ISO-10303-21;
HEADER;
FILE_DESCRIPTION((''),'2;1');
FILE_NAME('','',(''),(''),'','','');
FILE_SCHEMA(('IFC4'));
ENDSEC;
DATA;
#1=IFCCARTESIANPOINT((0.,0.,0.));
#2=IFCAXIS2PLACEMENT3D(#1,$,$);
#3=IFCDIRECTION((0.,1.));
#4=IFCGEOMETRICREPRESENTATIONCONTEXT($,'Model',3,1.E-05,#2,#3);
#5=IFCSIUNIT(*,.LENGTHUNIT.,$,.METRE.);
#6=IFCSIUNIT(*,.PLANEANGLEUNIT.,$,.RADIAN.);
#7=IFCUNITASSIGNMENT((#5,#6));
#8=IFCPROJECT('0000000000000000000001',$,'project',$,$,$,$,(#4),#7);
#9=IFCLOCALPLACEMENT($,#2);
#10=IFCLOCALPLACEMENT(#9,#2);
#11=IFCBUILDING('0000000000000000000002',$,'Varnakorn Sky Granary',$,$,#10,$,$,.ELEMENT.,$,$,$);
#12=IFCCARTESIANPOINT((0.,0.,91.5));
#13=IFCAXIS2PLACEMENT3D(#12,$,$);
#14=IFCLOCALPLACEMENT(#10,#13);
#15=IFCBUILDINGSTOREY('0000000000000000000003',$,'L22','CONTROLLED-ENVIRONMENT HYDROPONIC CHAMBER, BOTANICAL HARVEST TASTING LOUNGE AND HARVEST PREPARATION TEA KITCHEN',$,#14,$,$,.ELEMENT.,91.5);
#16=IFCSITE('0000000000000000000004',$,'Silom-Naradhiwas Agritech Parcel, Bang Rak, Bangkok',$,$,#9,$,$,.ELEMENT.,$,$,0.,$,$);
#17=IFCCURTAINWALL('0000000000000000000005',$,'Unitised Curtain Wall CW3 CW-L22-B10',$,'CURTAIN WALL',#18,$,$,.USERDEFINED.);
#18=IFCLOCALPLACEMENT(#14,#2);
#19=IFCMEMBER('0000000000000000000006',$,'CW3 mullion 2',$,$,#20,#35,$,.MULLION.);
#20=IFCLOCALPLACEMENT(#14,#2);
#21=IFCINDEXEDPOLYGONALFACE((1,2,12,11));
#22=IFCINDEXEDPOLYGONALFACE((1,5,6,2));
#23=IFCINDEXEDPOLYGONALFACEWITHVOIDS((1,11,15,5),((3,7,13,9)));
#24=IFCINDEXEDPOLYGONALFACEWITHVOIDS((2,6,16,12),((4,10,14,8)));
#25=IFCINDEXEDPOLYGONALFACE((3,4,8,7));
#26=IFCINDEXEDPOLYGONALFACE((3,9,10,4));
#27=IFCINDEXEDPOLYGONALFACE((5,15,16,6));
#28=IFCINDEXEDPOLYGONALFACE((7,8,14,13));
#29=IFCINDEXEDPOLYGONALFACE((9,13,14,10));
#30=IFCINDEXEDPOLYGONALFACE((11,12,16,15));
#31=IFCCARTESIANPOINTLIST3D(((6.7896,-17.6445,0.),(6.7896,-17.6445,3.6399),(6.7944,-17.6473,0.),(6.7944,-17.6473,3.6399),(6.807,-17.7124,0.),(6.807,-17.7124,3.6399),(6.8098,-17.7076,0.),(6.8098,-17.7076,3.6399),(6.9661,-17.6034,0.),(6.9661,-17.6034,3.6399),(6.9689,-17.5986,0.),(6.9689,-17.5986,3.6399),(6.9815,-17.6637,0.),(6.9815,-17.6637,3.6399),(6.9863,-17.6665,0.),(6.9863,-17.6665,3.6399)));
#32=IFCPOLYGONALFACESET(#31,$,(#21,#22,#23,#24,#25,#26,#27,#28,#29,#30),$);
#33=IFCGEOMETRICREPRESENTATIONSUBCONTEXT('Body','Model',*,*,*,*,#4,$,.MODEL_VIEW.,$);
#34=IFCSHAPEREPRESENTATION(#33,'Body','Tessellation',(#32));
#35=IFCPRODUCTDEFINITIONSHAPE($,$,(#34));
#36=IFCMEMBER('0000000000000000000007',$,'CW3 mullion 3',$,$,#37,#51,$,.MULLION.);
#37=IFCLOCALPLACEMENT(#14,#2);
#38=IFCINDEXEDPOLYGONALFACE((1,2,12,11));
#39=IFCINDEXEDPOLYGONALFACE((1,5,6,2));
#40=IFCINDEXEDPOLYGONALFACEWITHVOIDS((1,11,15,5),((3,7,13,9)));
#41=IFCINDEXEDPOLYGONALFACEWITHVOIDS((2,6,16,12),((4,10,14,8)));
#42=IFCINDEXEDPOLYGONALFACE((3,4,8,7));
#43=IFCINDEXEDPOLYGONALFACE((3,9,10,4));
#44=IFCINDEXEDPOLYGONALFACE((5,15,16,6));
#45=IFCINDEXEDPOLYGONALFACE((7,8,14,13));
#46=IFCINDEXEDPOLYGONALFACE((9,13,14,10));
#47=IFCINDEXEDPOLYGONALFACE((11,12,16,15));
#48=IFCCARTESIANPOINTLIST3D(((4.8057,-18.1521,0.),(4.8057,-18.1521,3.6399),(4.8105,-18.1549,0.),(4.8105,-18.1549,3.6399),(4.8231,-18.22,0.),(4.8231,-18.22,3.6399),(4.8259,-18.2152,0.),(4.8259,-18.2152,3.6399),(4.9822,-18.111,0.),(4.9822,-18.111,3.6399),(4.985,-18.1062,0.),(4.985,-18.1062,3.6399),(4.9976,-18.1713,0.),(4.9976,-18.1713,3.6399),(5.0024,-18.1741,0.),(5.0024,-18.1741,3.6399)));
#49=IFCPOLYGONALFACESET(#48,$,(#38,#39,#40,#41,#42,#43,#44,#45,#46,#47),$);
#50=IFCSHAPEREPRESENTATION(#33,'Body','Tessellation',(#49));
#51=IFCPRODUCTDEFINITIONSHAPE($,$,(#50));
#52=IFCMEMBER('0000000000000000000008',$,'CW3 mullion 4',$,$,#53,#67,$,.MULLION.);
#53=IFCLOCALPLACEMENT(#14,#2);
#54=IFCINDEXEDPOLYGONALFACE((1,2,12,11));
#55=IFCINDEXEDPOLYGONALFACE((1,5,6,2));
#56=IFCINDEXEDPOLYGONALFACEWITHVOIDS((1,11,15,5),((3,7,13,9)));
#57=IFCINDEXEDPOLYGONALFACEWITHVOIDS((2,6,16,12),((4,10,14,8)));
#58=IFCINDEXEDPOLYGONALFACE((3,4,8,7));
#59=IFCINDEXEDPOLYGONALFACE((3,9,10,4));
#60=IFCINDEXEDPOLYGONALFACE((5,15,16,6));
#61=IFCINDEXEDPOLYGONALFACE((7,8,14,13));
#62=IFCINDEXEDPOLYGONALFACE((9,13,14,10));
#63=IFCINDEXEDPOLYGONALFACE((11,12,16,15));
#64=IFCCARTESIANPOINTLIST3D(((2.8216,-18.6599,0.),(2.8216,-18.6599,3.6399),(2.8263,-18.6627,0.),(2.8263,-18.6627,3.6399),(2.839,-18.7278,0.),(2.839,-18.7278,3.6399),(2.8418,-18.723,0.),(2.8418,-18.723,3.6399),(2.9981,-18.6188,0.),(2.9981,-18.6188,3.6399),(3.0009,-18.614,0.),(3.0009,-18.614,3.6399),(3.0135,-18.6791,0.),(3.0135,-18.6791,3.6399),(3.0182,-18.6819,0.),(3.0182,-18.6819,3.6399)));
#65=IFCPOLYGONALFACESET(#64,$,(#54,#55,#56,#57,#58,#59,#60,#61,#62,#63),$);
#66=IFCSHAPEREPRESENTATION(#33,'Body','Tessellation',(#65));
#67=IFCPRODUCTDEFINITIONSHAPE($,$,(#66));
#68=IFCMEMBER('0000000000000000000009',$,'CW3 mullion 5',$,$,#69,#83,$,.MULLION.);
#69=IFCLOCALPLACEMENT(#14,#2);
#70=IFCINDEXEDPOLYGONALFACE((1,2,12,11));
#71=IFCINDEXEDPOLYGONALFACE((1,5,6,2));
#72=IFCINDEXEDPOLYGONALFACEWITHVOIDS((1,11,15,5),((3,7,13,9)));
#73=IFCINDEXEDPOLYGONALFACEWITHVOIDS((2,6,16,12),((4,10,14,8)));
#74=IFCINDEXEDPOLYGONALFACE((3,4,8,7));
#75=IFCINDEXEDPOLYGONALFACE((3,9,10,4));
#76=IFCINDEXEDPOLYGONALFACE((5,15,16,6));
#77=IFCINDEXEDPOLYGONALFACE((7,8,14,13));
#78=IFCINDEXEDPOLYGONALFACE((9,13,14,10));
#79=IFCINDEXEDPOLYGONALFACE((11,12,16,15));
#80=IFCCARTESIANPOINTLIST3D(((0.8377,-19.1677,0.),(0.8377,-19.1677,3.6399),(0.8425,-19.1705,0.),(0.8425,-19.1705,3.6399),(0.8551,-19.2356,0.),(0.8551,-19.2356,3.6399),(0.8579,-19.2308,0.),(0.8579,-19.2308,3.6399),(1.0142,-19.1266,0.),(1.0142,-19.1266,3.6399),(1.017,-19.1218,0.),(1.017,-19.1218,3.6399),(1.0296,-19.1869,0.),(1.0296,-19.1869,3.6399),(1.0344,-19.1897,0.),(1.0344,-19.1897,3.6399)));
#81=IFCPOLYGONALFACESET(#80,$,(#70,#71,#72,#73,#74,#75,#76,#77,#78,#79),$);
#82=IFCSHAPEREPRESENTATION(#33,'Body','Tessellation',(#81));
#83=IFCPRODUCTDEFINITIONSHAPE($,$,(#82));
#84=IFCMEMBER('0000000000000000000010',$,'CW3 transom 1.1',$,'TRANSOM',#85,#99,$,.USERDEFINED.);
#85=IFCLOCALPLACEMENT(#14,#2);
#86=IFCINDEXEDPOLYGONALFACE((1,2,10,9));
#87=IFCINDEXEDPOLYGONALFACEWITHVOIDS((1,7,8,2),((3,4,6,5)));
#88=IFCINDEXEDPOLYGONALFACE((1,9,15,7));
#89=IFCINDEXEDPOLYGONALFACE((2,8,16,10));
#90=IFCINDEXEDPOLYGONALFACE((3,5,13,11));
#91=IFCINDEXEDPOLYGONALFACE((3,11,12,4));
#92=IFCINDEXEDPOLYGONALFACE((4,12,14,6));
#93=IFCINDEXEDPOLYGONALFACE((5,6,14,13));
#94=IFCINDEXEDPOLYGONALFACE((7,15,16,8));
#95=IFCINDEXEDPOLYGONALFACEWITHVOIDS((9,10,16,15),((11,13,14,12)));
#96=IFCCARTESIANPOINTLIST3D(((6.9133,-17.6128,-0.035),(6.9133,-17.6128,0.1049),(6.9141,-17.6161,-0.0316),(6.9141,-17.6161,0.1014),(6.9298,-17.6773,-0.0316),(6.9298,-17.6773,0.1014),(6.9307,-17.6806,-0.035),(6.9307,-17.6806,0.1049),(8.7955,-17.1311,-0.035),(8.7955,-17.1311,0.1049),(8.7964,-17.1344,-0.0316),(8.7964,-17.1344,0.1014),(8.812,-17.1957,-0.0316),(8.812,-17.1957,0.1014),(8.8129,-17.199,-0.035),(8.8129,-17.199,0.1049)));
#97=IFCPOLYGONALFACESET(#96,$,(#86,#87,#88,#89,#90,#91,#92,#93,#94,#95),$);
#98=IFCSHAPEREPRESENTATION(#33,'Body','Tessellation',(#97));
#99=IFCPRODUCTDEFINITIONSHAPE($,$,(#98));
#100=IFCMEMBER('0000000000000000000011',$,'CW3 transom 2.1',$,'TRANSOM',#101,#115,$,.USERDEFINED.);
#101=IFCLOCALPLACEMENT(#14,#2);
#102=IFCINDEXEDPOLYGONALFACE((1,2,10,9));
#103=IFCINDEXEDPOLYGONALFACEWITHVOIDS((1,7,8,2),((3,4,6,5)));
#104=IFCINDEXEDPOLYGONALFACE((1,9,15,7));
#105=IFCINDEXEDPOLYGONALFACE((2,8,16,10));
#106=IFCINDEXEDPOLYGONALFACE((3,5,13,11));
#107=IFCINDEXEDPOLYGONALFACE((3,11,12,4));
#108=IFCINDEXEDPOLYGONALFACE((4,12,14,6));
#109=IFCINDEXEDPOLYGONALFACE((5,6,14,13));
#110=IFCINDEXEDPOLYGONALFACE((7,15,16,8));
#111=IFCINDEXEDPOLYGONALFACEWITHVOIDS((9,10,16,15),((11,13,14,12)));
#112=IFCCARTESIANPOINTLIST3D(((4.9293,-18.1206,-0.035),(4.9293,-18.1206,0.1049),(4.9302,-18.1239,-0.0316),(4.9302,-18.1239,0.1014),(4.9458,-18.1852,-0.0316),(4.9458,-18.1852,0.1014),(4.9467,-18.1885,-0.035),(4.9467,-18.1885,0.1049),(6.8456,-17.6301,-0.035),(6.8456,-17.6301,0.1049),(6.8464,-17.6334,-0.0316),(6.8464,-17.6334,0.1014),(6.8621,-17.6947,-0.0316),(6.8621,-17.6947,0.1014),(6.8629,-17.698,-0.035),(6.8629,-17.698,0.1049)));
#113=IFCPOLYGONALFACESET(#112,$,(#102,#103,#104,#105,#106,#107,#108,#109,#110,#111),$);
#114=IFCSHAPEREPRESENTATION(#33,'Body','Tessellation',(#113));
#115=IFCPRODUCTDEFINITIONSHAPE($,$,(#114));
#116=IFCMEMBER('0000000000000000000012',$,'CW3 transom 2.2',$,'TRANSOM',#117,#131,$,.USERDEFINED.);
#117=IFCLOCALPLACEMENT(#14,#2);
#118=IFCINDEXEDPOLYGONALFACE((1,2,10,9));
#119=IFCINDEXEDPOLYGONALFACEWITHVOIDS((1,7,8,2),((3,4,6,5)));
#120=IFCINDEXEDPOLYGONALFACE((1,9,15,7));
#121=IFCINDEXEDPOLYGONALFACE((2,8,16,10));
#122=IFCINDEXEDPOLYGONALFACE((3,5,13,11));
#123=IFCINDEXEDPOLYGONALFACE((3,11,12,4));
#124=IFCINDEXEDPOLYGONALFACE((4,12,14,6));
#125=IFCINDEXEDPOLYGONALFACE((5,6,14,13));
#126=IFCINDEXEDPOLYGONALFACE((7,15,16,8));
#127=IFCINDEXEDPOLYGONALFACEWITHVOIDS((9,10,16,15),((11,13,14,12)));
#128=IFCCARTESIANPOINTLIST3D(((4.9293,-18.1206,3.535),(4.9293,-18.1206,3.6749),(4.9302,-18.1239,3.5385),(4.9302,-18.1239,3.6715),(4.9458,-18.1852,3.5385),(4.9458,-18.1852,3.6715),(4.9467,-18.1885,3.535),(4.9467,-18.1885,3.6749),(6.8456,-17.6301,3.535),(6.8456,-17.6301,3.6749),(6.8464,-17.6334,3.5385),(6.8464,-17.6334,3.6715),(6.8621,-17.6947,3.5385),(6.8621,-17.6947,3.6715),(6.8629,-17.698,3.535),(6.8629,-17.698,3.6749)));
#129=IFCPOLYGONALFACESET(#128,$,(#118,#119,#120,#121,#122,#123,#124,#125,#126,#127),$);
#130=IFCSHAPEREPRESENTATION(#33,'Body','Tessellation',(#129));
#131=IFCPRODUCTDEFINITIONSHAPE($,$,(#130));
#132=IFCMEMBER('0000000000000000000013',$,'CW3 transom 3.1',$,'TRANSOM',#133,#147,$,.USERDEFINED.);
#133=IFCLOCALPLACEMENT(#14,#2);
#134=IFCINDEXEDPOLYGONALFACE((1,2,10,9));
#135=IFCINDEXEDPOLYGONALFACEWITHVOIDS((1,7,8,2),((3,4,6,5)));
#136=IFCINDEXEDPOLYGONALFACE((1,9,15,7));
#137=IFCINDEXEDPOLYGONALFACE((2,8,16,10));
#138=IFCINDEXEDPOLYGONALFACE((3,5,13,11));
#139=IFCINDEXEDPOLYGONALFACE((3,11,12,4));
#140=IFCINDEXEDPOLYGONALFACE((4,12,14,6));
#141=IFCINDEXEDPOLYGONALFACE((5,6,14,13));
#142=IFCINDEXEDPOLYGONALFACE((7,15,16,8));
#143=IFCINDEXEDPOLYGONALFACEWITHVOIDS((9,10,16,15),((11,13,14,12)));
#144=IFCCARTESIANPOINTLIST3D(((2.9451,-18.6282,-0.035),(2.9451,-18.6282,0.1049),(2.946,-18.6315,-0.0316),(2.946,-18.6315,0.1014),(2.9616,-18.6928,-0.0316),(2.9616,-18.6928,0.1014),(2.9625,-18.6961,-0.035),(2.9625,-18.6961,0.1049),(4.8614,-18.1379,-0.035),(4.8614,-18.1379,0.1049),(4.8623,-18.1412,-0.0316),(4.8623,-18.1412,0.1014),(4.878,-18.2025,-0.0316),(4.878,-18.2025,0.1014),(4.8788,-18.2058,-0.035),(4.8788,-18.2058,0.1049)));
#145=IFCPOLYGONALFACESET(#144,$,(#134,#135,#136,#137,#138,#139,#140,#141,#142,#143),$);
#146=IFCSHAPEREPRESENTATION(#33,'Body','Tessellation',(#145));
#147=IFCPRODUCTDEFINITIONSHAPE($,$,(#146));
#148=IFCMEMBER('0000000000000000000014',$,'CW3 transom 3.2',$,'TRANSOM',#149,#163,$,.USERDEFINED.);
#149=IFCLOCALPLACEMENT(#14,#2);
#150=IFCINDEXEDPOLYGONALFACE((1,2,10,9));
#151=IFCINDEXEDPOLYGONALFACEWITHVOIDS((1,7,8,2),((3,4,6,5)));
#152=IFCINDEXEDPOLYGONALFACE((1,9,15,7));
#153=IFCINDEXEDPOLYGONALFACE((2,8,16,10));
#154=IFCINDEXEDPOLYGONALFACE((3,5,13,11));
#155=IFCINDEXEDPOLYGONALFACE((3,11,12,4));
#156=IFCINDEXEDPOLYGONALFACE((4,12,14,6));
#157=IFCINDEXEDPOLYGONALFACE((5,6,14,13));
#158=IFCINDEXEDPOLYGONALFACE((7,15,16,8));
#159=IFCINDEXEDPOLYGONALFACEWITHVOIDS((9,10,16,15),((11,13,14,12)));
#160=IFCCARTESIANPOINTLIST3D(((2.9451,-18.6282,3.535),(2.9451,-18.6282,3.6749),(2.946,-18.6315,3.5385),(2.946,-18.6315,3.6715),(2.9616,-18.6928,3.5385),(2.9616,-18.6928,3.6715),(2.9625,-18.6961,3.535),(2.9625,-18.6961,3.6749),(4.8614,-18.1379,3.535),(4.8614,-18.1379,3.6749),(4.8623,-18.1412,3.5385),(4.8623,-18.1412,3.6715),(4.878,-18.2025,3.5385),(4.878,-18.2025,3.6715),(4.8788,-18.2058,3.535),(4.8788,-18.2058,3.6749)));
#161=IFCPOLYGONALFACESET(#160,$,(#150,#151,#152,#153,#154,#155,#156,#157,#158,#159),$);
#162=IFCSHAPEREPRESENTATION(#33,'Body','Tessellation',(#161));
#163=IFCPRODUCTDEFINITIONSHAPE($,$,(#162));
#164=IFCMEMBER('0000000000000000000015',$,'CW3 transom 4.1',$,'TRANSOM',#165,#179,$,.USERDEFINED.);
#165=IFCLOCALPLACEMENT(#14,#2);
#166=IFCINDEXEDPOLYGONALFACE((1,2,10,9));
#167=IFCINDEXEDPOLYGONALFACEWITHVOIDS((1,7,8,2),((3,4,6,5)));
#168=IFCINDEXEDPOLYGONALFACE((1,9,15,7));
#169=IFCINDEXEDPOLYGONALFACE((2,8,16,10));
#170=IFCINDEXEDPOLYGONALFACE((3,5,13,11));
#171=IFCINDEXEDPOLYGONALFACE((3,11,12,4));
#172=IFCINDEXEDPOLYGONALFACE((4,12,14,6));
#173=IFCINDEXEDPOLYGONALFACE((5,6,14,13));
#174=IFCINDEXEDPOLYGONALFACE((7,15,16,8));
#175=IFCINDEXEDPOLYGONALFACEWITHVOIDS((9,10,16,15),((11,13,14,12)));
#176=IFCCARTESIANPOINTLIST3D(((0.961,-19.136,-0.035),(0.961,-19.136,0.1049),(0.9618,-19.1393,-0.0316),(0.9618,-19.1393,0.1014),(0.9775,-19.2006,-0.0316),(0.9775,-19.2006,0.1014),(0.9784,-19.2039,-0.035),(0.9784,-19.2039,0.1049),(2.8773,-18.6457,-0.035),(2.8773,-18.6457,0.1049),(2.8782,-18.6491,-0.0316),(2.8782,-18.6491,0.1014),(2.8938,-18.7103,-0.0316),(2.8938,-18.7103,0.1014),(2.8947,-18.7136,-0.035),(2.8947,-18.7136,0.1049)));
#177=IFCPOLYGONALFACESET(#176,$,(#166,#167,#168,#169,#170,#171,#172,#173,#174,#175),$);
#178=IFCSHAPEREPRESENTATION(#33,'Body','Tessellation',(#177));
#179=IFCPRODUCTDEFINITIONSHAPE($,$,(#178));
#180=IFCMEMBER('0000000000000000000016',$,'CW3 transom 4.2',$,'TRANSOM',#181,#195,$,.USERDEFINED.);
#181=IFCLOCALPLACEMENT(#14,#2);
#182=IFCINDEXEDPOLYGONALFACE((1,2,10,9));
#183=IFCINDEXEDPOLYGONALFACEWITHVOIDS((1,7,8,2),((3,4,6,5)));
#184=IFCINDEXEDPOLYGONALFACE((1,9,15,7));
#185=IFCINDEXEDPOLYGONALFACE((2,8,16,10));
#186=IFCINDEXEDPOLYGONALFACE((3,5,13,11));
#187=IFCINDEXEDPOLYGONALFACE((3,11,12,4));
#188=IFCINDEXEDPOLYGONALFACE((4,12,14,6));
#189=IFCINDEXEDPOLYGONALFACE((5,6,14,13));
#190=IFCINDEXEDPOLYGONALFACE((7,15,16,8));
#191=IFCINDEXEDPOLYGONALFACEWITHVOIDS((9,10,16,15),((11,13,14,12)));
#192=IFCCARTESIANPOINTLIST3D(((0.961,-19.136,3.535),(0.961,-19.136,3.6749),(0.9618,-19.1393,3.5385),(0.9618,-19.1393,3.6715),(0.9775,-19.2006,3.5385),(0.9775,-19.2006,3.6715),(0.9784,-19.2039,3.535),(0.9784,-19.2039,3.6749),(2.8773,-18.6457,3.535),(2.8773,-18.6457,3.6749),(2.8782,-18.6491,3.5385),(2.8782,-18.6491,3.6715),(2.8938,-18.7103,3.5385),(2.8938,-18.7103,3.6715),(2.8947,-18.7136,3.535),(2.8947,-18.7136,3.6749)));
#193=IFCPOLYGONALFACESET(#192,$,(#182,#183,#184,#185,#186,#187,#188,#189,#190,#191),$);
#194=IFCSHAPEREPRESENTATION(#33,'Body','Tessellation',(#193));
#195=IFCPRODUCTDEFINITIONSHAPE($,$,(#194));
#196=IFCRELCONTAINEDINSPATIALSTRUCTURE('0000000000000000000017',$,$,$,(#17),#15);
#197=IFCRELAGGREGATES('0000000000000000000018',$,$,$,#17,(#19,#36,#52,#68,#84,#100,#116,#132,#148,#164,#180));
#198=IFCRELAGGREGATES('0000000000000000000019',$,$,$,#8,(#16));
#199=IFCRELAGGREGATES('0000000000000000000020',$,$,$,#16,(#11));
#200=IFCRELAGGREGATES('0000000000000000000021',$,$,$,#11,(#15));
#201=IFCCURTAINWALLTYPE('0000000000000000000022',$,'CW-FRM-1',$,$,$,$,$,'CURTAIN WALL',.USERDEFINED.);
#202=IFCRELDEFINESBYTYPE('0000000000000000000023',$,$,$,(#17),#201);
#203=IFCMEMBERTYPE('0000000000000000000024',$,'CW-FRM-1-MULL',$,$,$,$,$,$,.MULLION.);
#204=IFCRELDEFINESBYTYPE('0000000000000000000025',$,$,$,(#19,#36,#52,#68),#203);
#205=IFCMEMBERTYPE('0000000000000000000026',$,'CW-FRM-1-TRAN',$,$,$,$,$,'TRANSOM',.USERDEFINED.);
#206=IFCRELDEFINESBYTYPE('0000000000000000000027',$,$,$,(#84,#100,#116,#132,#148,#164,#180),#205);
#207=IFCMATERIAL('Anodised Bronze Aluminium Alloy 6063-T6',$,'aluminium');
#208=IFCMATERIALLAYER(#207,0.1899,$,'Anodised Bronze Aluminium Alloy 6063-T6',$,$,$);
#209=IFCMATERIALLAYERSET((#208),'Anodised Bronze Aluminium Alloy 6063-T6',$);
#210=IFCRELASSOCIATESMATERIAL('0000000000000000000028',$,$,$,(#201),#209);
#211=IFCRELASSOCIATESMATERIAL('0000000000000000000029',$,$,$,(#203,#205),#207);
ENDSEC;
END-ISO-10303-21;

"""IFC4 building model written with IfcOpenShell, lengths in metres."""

from ifc_helpers import new_model, si_unit, direction, frame, origin, origin_2d, place, context, subcontext, project, spatial, hollow_rectangle, extrude, material, layer, layer_set, material_profile, profile_set, type_object, element, aggregate, save


model = new_model("IFC4")

# Units and contexts
model_context = context("Model", 3, precision=1e-05, world=origin(), true_north=direction((0.0, 1.0)))
body_context = subcontext(model_context, "Body", "Model", "MODEL_VIEW")
ifc_project = project(units=[si_unit("LENGTHUNIT", "METRE"), si_unit("PLANEANGLEUNIT", "RADIAN")], contexts=[model_context])

# Site, building, storey
site_placement = place(None, origin())
site = spatial("IfcSite", under=ifc_project, at=site_placement, Name="Silom-Naradhiwas Agritech Parcel, Bang Rak, Bangkok", CompositionType="ELEMENT", RefElevation=0.0)
building_placement = place(site_placement, origin())
building = spatial("IfcBuilding", under=site, at=building_placement, Name="Varnakorn Sky Granary", CompositionType="ELEMENT")
storey_placement = place(building_placement, frame((0.0, 0.0, 91.5)))
storey = spatial("IfcBuildingStorey", under=building, at=storey_placement, Name="L22", Description="CONTROLLED-ENVIRONMENT HYDROPONIC CHAMBER, BOTANICAL HARVEST TASTING LOUNGE AND HARVEST PREPARATION TEA KITCHEN", CompositionType="ELEMENT", Elevation=91.5)

# Curtain wall, members
ifc_material_1 = material(Name="Anodised Bronze Aluminium Alloy 6063-T6", Category="aluminium")
ifc_layer_1 = layer(ifc_material_1, 0.1899, Name="Anodised Bronze Aluminium Alloy 6063-T6")
ifc_layer_set_1 = layer_set([ifc_layer_1], Name="Anodised Bronze Aluminium Alloy 6063-T6")
curtain_wall_type = type_object("IfcCurtainWallType", Name="CW-FRM-1", ElementType="CURTAIN WALL", PredefinedType="USERDEFINED", material=ifc_layer_set_1)
curtain_wall_placement = place(storey_placement, origin())
curtain_wall = element("IfcCurtainWall", 1, at=curtain_wall_placement, inside=storey, type_object=curtain_wall_type, Name="Unitised Curtain Wall CW3 CW-L22-B10", ObjectType="CURTAIN WALL", PredefinedType="USERDEFINED")
ifc_material_profile_1 = material_profile(ifc_material_1, hollow_rectangle(XDim=0.0701, YDim=0.1851, WallThickness=0.0039, at=origin_2d()), Name="ALU MULL 70x185")
ifc_profile_set_1 = profile_set([ifc_material_profile_1], Name="Anodised Bronze Aluminium Alloy 6063-T6")
member_type_1 = type_object("IfcMemberType", Name="CW-FRM-1-MULL", PredefinedType="MULLION", material=ifc_profile_set_1)
member_1_placement = place(storey_placement, frame((6.8879, -17.6555, 0.0), z_axis=(0.0, 0.0, 1.0), x_axis=(0.247904, -0.968785, 0.0)))
member_1 = element("IfcMember", 2, at=member_1_placement, type_object=member_type_1, Name="CW3 mullion 2", PredefinedType="MULLION", context=body_context, shape_type="SweptSolid", body=[
    extrude(hollow_rectangle(XDim=0.0701, YDim=0.1851, WallThickness=0.0039, at=origin_2d()), origin(), (0.0, 0.0, 1.0), 3.6399),
])
member_2_placement = place(storey_placement, frame((4.9041, -18.1631, 0.0), z_axis=(0.0, 0.0, 1.0), x_axis=(0.247904, -0.968785, 0.0)))
member_2 = element("IfcMember", 3, at=member_2_placement, type_object=member_type_1, Name="CW3 mullion 3", PredefinedType="MULLION", context=body_context, shape_type="SweptSolid", body=[
    extrude(hollow_rectangle(XDim=0.0701, YDim=0.1851, WallThickness=0.0039, at=origin_2d()), origin(), (0.0, 0.0, 1.0), 3.6399),
])
member_3_placement = place(storey_placement, frame((2.9199, -18.6709, 0.0), z_axis=(0.0, 0.0, 1.0), x_axis=(0.247904, -0.968785, 0.0)))
member_3 = element("IfcMember", 4, at=member_3_placement, type_object=member_type_1, Name="CW3 mullion 4", PredefinedType="MULLION", context=body_context, shape_type="SweptSolid", body=[
    extrude(hollow_rectangle(XDim=0.0701, YDim=0.1851, WallThickness=0.0039, at=origin_2d()), origin(), (0.0, 0.0, 1.0), 3.6399),
])
member_4_placement = place(storey_placement, frame((0.936, -19.1787, 0.0), z_axis=(0.0, 0.0, 1.0), x_axis=(0.247904, -0.968785, 0.0)))
member_4 = element("IfcMember", 5, at=member_4_placement, type_object=member_type_1, Name="CW3 mullion 5", PredefinedType="MULLION", context=body_context, shape_type="SweptSolid", body=[
    extrude(hollow_rectangle(XDim=0.0701, YDim=0.1851, WallThickness=0.0039, at=origin_2d()), origin(), (0.0, 0.0, 1.0), 3.6399),
])
ifc_material_profile_2 = material_profile(ifc_material_1, hollow_rectangle(XDim=0.0701, YDim=0.1399, WallThickness=0.0034, at=origin_2d()), Name="ALU TRAN 70x140")
ifc_profile_set_2 = profile_set([ifc_material_profile_2], Name="Anodised Bronze Aluminium Alloy 6063-T6")
member_type_2 = type_object("IfcMemberType", Name="CW-FRM-1-TRAN", ElementType="TRANSOM", PredefinedType="USERDEFINED", material=ifc_profile_set_2)
member_5_placement = place(storey_placement, frame((8.8042, -17.165, 0.0349), z_axis=(-0.968782, -0.247913, 0.0), x_axis=(0.247913, -0.968782, 0.0)))
member_5 = element("IfcMember", 6, at=member_5_placement, type_object=member_type_2, Name="CW3 transom 1.1", ObjectType="TRANSOM", PredefinedType="USERDEFINED", context=body_context, shape_type="SweptSolid", body=[
    extrude(hollow_rectangle(XDim=0.0701, YDim=0.1399, WallThickness=0.0034, at=origin_2d()), origin(), (0.0, 0.0, 1.0), 1.9429),
])
member_6_placement = place(storey_placement, frame((6.8542, -17.6641, 0.0349), z_axis=(-0.96877, -0.247963, 0.0), x_axis=(0.247963, -0.96877, 0.0)))
member_6 = element("IfcMember", 7, at=member_6_placement, type_object=member_type_2, Name="CW3 transom 2.1", ObjectType="TRANSOM", PredefinedType="USERDEFINED", context=body_context, shape_type="SweptSolid", body=[
    extrude(hollow_rectangle(XDim=0.0701, YDim=0.1399, WallThickness=0.0034, at=origin_2d()), origin(), (0.0, 0.0, 1.0), 1.978),
])
member_7_placement = place(storey_placement, frame((6.8542, -17.6641, 3.605), z_axis=(-0.96877, -0.247963, 0.0), x_axis=(0.247963, -0.96877, 0.0)))
member_7 = element("IfcMember", 8, at=member_7_placement, type_object=member_type_2, Name="CW3 transom 2.2", ObjectType="TRANSOM", PredefinedType="USERDEFINED", context=body_context, shape_type="SweptSolid", body=[
    extrude(hollow_rectangle(XDim=0.0701, YDim=0.1399, WallThickness=0.0034, at=origin_2d()), origin(), (0.0, 0.0, 1.0), 1.978),
])
member_8_placement = place(storey_placement, frame((4.8701, -18.1719, 0.0349), z_axis=(-0.968799, -0.247847, 0.0), x_axis=(0.247847, -0.968799, 0.0)))
member_8 = element("IfcMember", 9, at=member_8_placement, type_object=member_type_2, Name="CW3 transom 3.1", ObjectType="TRANSOM", PredefinedType="USERDEFINED", context=body_context, shape_type="SweptSolid", body=[
    extrude(hollow_rectangle(XDim=0.0701, YDim=0.1399, WallThickness=0.0034, at=origin_2d()), origin(), (0.0, 0.0, 1.0), 1.978),
])
member_9_placement = place(storey_placement, frame((4.8701, -18.1719, 3.605), z_axis=(-0.968799, -0.247847, 0.0), x_axis=(0.247847, -0.968799, 0.0)))
member_9 = element("IfcMember", 10, at=member_9_placement, type_object=member_type_2, Name="CW3 transom 3.2", ObjectType="TRANSOM", PredefinedType="USERDEFINED", context=body_context, shape_type="SweptSolid", body=[
    extrude(hollow_rectangle(XDim=0.0701, YDim=0.1399, WallThickness=0.0034, at=origin_2d()), origin(), (0.0, 0.0, 1.0), 1.978),
])
member_10_placement = place(storey_placement, frame((2.886, -18.6797, 0.0349), z_axis=(-0.968799, -0.247847, 0.0), x_axis=(0.247847, -0.968799, 0.0)))
member_10 = element("IfcMember", 11, at=member_10_placement, type_object=member_type_2, Name="CW3 transom 4.1", ObjectType="TRANSOM", PredefinedType="USERDEFINED", context=body_context, shape_type="SweptSolid", body=[
    extrude(hollow_rectangle(XDim=0.0701, YDim=0.1399, WallThickness=0.0034, at=origin_2d()), origin(), (0.0, 0.0, 1.0), 1.978),
])
member_11_placement = place(storey_placement, frame((2.886, -18.6797, 3.605), z_axis=(-0.968799, -0.247847, 0.0), x_axis=(0.247847, -0.968799, 0.0)))
member_11 = element("IfcMember", 12, at=member_11_placement, type_object=member_type_2, Name="CW3 transom 4.2", ObjectType="TRANSOM", PredefinedType="USERDEFINED", context=body_context, shape_type="SweptSolid", body=[
    extrude(hollow_rectangle(XDim=0.0701, YDim=0.1399, WallThickness=0.0034, at=origin_2d()), origin(), (0.0, 0.0, 1.0), 1.978),
])

aggregate(curtain_wall, [member_1, member_2, member_3, member_4, member_5, member_6, member_7, member_8, member_9, member_10, member_11])

save(model, "model.ifc")
